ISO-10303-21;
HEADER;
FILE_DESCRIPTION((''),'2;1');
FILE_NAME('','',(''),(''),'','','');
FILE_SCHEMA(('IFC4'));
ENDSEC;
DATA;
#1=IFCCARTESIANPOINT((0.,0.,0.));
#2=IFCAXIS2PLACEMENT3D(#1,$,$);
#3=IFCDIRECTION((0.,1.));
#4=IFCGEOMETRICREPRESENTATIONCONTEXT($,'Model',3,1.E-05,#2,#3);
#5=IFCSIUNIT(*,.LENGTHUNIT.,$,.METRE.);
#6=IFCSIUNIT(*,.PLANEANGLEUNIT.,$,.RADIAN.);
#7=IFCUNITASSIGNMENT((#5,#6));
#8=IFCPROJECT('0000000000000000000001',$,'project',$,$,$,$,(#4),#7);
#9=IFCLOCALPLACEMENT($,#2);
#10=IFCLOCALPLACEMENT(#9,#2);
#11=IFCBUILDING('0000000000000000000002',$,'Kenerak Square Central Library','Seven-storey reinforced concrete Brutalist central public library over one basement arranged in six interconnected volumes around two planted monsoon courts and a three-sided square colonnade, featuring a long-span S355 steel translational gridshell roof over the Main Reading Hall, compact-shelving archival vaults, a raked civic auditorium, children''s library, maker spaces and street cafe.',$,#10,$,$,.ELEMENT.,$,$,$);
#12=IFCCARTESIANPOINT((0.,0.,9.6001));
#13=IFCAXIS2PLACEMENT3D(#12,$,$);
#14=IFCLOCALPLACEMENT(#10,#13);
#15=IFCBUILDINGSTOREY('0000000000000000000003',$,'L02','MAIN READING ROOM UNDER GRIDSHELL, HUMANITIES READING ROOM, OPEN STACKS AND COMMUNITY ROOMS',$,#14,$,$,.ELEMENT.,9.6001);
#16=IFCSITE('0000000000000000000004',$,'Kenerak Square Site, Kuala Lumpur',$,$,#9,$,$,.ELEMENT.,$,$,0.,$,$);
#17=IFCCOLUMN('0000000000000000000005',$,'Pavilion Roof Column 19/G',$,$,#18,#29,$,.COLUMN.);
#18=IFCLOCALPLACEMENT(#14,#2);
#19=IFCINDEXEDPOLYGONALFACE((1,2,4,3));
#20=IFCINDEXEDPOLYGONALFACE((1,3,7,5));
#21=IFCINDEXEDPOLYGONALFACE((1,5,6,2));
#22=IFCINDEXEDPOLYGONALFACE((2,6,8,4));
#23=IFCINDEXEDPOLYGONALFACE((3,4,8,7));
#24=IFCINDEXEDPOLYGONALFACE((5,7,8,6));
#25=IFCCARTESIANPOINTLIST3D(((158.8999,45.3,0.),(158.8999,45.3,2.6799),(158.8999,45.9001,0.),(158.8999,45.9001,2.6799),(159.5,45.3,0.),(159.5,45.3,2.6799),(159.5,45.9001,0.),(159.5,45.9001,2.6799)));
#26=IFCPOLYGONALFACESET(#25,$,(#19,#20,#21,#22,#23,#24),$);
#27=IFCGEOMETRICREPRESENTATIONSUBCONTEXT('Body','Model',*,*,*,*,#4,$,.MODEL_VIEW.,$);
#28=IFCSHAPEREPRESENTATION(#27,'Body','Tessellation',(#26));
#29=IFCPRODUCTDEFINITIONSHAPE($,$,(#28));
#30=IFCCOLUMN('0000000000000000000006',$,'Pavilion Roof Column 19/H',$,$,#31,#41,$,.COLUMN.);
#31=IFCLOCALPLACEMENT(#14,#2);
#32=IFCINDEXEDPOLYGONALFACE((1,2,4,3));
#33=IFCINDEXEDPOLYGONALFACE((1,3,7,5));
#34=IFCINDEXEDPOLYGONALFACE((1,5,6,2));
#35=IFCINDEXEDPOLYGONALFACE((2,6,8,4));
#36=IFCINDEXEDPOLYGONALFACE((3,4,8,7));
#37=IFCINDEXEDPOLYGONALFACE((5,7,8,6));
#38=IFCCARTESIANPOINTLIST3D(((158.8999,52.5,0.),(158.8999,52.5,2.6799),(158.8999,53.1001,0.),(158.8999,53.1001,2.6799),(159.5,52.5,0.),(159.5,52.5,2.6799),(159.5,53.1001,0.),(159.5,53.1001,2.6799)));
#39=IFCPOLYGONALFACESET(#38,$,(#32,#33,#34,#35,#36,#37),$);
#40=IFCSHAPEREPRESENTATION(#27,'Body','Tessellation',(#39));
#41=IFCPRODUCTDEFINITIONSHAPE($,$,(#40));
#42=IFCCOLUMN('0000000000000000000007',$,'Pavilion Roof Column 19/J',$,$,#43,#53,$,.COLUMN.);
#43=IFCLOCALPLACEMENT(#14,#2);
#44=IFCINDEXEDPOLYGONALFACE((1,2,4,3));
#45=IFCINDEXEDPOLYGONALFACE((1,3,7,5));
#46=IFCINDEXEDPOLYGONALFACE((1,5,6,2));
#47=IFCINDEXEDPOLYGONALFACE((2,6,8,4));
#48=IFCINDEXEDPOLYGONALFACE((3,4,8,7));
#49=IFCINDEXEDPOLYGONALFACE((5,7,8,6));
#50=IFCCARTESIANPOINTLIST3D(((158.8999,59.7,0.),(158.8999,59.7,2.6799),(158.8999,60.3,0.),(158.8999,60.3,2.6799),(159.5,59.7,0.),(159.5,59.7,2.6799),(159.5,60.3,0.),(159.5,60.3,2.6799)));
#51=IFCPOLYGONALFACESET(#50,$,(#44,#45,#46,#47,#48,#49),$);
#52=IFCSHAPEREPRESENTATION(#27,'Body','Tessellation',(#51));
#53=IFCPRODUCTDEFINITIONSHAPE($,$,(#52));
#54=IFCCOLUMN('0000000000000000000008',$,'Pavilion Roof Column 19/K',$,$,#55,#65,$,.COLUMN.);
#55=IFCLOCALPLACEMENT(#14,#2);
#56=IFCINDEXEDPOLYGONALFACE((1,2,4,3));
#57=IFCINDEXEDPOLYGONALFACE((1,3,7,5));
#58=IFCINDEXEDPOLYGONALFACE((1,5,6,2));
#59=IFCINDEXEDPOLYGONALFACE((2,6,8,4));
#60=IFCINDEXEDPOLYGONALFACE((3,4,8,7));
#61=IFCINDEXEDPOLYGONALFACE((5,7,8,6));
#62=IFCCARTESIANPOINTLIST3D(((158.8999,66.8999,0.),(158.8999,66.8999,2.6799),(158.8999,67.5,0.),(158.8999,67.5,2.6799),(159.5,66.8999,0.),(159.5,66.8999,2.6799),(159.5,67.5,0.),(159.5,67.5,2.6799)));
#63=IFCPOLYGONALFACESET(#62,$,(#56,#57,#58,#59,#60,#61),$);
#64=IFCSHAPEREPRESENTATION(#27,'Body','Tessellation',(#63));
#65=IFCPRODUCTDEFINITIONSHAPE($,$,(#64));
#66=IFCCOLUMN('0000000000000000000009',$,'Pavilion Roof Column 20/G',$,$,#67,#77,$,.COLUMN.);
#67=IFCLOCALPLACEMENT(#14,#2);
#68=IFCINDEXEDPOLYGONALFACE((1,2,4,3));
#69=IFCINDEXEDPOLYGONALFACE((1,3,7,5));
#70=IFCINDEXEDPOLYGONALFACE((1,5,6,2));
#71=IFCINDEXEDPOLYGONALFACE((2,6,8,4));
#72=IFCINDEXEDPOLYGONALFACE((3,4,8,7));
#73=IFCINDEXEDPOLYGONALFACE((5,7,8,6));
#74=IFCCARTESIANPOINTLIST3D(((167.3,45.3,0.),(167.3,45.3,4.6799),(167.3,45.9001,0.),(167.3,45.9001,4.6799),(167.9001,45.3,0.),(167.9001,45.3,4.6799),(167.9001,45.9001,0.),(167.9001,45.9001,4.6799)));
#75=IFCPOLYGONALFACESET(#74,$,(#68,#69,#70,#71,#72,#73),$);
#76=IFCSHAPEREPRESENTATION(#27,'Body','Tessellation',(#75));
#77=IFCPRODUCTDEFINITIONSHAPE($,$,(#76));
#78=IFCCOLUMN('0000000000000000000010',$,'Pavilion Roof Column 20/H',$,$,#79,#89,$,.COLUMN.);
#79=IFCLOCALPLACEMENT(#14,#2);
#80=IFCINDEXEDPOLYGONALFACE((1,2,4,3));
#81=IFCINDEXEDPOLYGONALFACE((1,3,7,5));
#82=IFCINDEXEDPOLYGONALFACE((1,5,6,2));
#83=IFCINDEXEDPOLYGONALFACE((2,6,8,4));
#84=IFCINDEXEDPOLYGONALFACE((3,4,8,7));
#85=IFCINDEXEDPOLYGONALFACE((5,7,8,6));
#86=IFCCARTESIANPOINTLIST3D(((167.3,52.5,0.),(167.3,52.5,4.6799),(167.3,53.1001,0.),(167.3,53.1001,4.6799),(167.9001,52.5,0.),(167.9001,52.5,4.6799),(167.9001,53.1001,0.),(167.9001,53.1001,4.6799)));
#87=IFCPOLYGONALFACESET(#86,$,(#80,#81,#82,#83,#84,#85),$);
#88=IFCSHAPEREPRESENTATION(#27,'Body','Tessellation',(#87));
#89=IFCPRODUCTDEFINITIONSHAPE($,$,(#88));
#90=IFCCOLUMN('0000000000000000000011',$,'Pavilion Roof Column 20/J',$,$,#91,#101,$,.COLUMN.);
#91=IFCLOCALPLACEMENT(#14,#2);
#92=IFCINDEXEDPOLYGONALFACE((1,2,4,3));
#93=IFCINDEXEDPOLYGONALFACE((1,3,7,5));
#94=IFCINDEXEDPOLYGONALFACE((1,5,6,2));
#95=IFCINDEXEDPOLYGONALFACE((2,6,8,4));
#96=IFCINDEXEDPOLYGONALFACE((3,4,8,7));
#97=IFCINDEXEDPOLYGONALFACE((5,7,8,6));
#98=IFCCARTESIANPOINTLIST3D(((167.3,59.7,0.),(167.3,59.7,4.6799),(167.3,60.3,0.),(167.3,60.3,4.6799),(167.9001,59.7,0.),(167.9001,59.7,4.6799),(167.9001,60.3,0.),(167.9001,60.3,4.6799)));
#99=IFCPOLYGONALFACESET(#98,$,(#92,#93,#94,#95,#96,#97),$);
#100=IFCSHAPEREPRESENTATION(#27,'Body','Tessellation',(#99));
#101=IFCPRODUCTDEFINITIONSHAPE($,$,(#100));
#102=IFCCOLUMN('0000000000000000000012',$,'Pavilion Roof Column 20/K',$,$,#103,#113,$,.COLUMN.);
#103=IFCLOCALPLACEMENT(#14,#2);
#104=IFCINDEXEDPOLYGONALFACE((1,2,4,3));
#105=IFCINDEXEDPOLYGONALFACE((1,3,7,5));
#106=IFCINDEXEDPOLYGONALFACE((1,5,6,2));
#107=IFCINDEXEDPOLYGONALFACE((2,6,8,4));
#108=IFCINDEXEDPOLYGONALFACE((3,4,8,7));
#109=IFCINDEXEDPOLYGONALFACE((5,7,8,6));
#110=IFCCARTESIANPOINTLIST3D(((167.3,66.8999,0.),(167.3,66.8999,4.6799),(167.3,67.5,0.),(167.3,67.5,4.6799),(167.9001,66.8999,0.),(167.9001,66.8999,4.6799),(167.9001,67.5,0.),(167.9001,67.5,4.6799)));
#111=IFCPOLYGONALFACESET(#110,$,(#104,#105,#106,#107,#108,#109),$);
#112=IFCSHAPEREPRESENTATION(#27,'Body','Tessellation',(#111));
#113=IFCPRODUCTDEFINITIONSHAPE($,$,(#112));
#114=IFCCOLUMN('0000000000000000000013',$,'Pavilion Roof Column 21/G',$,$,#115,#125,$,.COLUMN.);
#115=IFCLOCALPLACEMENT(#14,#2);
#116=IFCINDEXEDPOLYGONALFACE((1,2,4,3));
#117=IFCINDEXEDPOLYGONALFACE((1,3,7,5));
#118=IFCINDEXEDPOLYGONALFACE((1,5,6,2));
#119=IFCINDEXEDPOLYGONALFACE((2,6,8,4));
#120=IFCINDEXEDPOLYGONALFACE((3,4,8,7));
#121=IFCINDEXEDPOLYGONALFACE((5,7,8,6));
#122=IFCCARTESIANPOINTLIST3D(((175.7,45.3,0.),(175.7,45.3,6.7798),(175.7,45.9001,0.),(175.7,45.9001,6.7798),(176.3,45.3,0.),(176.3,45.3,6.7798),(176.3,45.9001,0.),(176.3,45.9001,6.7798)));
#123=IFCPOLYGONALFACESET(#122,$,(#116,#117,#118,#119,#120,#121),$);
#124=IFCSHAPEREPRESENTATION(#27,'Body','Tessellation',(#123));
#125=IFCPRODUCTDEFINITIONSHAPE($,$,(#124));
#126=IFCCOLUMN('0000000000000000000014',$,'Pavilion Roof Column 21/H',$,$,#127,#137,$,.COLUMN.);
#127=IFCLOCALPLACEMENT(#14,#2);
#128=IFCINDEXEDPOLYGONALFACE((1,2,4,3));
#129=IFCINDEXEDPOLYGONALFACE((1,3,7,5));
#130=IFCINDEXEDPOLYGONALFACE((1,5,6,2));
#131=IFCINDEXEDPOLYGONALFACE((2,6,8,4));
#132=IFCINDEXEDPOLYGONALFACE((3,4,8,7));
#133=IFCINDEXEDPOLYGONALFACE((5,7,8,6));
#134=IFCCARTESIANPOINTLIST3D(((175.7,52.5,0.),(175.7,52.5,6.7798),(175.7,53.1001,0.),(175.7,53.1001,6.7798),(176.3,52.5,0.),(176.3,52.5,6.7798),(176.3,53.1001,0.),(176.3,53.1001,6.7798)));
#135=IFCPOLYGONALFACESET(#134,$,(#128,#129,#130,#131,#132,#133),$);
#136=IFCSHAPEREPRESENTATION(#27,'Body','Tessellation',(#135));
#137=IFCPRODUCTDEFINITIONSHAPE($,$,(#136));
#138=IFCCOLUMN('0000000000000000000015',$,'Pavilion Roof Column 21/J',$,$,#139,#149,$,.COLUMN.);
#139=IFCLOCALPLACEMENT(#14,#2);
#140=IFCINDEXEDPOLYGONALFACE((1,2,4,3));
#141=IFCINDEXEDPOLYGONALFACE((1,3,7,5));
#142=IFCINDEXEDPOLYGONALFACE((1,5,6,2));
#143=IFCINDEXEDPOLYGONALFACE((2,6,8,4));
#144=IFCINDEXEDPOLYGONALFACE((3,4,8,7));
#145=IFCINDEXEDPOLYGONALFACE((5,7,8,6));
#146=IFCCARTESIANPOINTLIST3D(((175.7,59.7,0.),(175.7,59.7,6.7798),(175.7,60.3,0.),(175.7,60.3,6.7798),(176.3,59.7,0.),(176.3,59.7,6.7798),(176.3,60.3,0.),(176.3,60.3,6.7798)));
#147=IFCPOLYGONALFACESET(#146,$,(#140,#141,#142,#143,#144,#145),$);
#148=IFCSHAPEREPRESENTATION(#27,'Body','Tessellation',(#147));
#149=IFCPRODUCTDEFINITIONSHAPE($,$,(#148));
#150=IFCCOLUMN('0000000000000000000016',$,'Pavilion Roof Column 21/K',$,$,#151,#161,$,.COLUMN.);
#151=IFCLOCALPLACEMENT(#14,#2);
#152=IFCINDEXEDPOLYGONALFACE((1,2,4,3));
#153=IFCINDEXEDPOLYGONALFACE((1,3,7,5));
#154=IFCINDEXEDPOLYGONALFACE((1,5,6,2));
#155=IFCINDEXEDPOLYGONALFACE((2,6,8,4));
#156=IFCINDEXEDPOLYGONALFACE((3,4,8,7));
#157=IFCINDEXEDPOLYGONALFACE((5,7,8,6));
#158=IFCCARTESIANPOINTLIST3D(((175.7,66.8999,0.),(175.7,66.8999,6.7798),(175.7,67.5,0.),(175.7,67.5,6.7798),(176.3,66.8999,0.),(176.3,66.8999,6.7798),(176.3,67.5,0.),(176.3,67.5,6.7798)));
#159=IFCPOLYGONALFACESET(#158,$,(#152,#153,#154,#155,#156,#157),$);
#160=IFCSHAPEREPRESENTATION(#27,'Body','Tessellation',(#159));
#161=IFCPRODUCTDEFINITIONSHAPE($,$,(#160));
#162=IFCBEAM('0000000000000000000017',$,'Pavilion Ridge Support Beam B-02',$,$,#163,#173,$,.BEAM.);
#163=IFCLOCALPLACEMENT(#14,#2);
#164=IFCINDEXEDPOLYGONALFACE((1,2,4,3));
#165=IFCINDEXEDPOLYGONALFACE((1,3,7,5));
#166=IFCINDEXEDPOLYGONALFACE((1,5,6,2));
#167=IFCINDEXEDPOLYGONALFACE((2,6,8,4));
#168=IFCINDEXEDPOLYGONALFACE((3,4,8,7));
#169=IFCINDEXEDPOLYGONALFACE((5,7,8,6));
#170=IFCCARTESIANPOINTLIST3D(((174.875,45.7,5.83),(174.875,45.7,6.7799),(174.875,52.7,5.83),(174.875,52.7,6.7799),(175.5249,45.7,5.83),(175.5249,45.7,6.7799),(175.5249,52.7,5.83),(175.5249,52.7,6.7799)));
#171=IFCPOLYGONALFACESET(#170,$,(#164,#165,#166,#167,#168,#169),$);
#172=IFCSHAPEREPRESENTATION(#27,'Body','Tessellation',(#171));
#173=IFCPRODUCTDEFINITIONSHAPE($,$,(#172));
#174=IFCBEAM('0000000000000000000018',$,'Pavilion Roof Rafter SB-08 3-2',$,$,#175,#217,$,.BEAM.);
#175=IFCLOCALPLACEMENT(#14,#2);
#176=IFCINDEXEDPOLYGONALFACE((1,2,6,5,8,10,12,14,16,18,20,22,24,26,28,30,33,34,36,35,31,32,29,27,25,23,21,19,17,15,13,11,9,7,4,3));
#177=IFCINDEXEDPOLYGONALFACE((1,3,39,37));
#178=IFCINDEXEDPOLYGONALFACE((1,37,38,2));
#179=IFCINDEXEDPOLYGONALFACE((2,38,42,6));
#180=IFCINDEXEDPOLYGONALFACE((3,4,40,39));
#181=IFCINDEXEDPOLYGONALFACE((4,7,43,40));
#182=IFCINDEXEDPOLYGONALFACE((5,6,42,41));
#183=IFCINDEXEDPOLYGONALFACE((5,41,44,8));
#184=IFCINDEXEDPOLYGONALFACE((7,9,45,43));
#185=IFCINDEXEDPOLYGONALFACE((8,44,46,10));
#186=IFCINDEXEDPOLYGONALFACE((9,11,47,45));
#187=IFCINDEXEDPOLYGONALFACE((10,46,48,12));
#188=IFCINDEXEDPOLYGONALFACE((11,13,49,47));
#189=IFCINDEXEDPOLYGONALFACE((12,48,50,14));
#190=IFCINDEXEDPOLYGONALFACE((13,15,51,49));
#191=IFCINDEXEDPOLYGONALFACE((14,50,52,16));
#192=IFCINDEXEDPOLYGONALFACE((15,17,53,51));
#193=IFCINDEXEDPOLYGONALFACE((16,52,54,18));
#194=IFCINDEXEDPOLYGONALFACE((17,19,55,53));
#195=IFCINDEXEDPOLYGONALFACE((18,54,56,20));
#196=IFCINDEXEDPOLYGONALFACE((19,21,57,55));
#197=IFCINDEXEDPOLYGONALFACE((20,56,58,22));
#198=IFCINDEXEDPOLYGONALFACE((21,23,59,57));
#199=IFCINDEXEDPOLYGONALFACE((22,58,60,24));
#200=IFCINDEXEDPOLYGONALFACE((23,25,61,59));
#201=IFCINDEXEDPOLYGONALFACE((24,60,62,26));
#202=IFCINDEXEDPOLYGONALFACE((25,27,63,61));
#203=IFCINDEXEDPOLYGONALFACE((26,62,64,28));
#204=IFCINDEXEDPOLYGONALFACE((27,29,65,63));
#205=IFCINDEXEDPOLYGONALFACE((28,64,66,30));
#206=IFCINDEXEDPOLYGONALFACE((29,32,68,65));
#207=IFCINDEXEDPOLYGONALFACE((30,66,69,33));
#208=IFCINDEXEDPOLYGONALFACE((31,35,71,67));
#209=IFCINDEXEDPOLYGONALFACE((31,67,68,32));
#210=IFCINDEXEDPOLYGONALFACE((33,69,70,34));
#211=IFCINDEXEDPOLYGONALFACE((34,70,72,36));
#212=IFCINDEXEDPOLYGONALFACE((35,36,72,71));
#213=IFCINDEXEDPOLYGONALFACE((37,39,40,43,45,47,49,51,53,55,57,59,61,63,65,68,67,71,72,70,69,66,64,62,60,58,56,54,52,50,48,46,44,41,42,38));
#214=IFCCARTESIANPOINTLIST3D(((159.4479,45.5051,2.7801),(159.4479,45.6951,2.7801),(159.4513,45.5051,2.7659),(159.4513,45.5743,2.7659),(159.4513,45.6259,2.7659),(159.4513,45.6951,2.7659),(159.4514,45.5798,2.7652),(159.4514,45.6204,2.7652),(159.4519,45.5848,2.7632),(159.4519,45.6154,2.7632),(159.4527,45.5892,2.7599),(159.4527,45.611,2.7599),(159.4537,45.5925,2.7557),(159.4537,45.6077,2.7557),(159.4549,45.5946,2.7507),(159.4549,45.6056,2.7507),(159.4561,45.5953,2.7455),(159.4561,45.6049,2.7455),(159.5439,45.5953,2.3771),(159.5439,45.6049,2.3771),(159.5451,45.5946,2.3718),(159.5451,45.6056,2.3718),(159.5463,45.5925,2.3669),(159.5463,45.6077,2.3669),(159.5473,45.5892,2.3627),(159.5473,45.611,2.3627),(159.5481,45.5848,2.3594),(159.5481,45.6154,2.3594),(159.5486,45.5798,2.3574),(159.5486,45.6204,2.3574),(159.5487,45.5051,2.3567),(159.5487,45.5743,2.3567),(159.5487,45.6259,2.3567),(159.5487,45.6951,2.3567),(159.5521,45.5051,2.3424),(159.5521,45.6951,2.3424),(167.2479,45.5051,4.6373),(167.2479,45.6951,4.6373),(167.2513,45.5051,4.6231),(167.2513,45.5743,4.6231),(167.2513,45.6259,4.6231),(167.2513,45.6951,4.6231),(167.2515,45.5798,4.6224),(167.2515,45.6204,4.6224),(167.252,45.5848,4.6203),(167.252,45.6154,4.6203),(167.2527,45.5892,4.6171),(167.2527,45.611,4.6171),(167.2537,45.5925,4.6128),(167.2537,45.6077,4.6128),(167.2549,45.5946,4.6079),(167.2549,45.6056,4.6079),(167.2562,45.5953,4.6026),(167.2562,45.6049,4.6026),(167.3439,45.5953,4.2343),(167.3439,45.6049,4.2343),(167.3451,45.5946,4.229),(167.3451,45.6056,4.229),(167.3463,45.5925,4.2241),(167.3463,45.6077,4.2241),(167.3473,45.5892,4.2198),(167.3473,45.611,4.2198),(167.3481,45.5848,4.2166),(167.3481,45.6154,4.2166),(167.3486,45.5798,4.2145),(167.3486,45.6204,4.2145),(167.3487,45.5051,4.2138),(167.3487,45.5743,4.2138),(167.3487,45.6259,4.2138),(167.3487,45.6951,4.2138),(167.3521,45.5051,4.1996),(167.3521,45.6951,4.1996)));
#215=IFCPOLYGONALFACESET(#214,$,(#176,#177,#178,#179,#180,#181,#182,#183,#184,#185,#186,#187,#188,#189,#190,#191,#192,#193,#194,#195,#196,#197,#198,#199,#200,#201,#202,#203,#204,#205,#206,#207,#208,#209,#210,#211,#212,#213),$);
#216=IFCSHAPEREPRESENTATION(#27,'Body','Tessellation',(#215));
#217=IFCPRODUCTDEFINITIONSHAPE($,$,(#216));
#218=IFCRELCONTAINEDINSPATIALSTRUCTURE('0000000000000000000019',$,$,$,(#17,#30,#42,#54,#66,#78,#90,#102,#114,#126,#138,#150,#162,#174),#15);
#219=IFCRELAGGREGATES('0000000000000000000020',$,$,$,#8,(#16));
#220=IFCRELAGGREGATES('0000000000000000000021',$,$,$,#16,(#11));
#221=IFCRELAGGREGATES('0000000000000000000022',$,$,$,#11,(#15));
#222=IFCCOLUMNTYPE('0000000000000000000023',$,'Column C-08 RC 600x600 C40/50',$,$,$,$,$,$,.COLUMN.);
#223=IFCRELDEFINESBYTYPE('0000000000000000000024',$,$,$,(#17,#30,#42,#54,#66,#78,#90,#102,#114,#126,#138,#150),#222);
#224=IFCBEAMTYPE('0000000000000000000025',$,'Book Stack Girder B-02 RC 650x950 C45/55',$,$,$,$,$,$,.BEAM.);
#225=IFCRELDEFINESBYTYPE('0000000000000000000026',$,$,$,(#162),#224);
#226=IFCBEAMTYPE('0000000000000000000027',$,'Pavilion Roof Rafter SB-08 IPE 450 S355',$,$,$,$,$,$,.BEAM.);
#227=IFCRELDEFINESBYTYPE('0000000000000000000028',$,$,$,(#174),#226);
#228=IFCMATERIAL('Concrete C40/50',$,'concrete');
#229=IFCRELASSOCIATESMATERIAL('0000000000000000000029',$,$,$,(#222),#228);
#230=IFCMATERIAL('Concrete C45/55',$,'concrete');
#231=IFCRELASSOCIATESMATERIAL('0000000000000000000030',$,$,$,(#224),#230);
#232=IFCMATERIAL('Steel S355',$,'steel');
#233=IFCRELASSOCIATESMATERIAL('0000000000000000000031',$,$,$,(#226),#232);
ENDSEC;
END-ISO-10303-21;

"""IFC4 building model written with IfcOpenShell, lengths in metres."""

from ifc_helpers import new_model, si_unit, direction, frame, origin, origin_2d, place, context, subcontext, project, spatial, rectangle, i_section, extrude, material, material_profile, profile_set, type_object, element, save


model = new_model("IFC4")

# Units and contexts
model_context = context("Model", 3, precision=1e-05, world=origin(), true_north=direction((0.0, 1.0)))
body_context = subcontext(model_context, "Body", "Model", "MODEL_VIEW")
ifc_project = project(units=[si_unit("LENGTHUNIT", "METRE"), si_unit("PLANEANGLEUNIT", "RADIAN")], contexts=[model_context])

# Site, building, storey
site_placement = place(None, origin())
site = spatial("IfcSite", under=ifc_project, at=site_placement, Name="Kenerak Square Site, Kuala Lumpur", CompositionType="ELEMENT", RefElevation=0.0)
building_placement = place(site_placement, origin())
building = spatial("IfcBuilding", under=site, at=building_placement, Name="Kenerak Square Central Library", Description="Seven-storey reinforced concrete Brutalist central public library over one basement arranged in six interconnected volumes around two planted monsoon courts and a three-sided square colonnade, featuring a long-span S355 steel translational gridshell roof over the Main Reading Hall, compact-shelving archival vaults, a raked civic auditorium, children's library, maker spaces and street cafe.", CompositionType="ELEMENT")
storey_placement = place(building_placement, frame((0.0, 0.0, 9.6001)))
storey = spatial("IfcBuildingStorey", under=building, at=storey_placement, Name="L02", Description="MAIN READING ROOM UNDER GRIDSHELL, HUMANITIES READING ROOM, OPEN STACKS AND COMMUNITY ROOMS", CompositionType="ELEMENT", Elevation=9.6001)

# Columns
ifc_material_1 = material(Name="Concrete C40/50", Category="concrete")
ifc_material_profile_1 = material_profile(ifc_material_1, rectangle(XDim=0.6001, YDim=0.6001, at=origin_2d()), Name="RC 600x600")
ifc_profile_set_1 = profile_set([ifc_material_profile_1], Name="Concrete C40/50")
column_type = type_object("IfcColumnType", Name="Column C-08 RC 600x600 C40/50", PredefinedType="COLUMN", material=ifc_profile_set_1)
for number, where, z_axis, x_axis, name in (
    (1, (159.2, 45.6001, 0.0), (0.0, 0.0, 1.0), (1.0, 0.0, 0.0), "Pavilion Roof Column 19/G"),
    (2, (159.2, 52.8, 0.0), (0.0, 0.0, 1.0), (1.0, 0.0, 0.0), "Pavilion Roof Column 19/H"),
    (3, (159.2, 60.0, 0.0), (0.0, 0.0, 1.0), (1.0, 0.0, 0.0), "Pavilion Roof Column 19/J"),
    (4, (159.2, 67.2, 0.0), (0.0, 0.0, 1.0), (1.0, 0.0, 0.0), "Pavilion Roof Column 19/K"),
):
    element("IfcColumn", number, at=place(storey_placement, frame(where, z_axis=z_axis, x_axis=x_axis)), inside=storey, type_object=column_type, Name=name, PredefinedType="COLUMN", context=body_context, shape_type="SweptSolid", body=[
        extrude(rectangle(XDim=0.6001, YDim=0.6001, at=origin_2d()), origin(), (0.0, 0.0, 1.0), 2.6799),
    ])
for number, where, z_axis, x_axis, name in (
    (5, (167.6001, 45.6001, 0.0), (0.0, 0.0, 1.0), (1.0, 0.0, 0.0), "Pavilion Roof Column 20/G"),
    (6, (167.6001, 52.8, 0.0), (0.0, 0.0, 1.0), (1.0, 0.0, 0.0), "Pavilion Roof Column 20/H"),
    (7, (167.6001, 60.0, 0.0), (0.0, 0.0, 1.0), (1.0, 0.0, 0.0), "Pavilion Roof Column 20/J"),
    (8, (167.6001, 67.2, 0.0), (0.0, 0.0, 1.0), (1.0, 0.0, 0.0), "Pavilion Roof Column 20/K"),
):
    element("IfcColumn", number, at=place(storey_placement, frame(where, z_axis=z_axis, x_axis=x_axis)), inside=storey, type_object=column_type, Name=name, PredefinedType="COLUMN", context=body_context, shape_type="SweptSolid", body=[
        extrude(rectangle(XDim=0.6001, YDim=0.6001, at=origin_2d()), origin(), (0.0, 0.0, 1.0), 4.6799),
    ])
for number, where, z_axis, x_axis, name in (
    (9, (176.0, 45.6001, 0.0), (0.0, 0.0, 1.0), (1.0, 0.0, 0.0), "Pavilion Roof Column 21/G"),
    (10, (176.0, 52.8, 0.0), (0.0, 0.0, 1.0), (1.0, 0.0, 0.0), "Pavilion Roof Column 21/H"),
    (11, (176.0, 60.0, 0.0), (0.0, 0.0, 1.0), (1.0, 0.0, 0.0), "Pavilion Roof Column 21/J"),
    (12, (176.0, 67.2, 0.0), (0.0, 0.0, 1.0), (1.0, 0.0, 0.0), "Pavilion Roof Column 21/K"),
):
    element("IfcColumn", number, at=place(storey_placement, frame(where, z_axis=z_axis, x_axis=x_axis)), inside=storey, type_object=column_type, Name=name, PredefinedType="COLUMN", context=body_context, shape_type="SweptSolid", body=[
        extrude(rectangle(XDim=0.6001, YDim=0.6001, at=origin_2d()), origin(), (0.0, 0.0, 1.0), 6.7798),
    ])

# Beams
ifc_material_2 = material(Name="Concrete C45/55", Category="concrete")
ifc_material_profile_2 = material_profile(ifc_material_2, rectangle(XDim=0.6499, YDim=0.95, at=origin_2d()), Name="RC 650x950")
ifc_profile_set_2 = profile_set([ifc_material_profile_2], Name="Concrete C45/55")
beam_type_1 = type_object("IfcBeamType", Name="Book Stack Girder B-02 RC 650x950 C45/55", PredefinedType="BEAM", material=ifc_profile_set_2)
beam_placement = place(storey_placement, frame((175.2, 45.7, 6.3049), z_axis=(0.0, 1.0, 0.0), x_axis=(-1.0, 0.0, 0.0)))
element("IfcBeam", 13, at=beam_placement, inside=storey, type_object=beam_type_1, Name="Pavilion Ridge Support Beam B-02", PredefinedType="BEAM", context=body_context, shape_type="SweptSolid", body=[
    extrude(rectangle(XDim=0.6499, YDim=0.95, at=origin_2d()), origin(), (0.0, 0.0, 1.0), 7.0),
])
ifc_material_3 = material(Name="Steel S355", Category="steel")
ifc_material_profile_3 = material_profile(ifc_material_3, i_section(OverallWidth=0.1899, OverallDepth=0.45, WebThickness=0.0095, FlangeThickness=0.0146, FilletRadius=0.021, at=origin_2d()), Name="IPE 450")
ifc_profile_set_3 = profile_set([ifc_material_profile_3], Name="Steel S355")
beam_type_2 = type_object("IfcBeamType", Name="Pavilion Roof Rafter SB-08 IPE 450 S355", PredefinedType="BEAM", material=ifc_profile_set_3)
for number, where, z_axis, x_axis, name in (
    (14, (159.5, 45.6001, 2.5613), (0.972806, 0.0, 0.231623), (0.0, 1.0, 0.0), "Pavilion Roof Rafter SB-08 3-2"),
):
    element("IfcBeam", number, at=place(storey_placement, frame(where, z_axis=z_axis, x_axis=x_axis)), inside=storey, type_object=beam_type_2, Name=name, PredefinedType="BEAM", context=body_context, shape_type="SweptSolid", body=[
        extrude(i_section(OverallWidth=0.1899, OverallDepth=0.45, WebThickness=0.0095, FlangeThickness=0.0146, FilletRadius=0.021, at=origin_2d()), origin(), (0.0, 0.0, 1.0), 8.0181),
    ])

save(model, "model.ifc")
